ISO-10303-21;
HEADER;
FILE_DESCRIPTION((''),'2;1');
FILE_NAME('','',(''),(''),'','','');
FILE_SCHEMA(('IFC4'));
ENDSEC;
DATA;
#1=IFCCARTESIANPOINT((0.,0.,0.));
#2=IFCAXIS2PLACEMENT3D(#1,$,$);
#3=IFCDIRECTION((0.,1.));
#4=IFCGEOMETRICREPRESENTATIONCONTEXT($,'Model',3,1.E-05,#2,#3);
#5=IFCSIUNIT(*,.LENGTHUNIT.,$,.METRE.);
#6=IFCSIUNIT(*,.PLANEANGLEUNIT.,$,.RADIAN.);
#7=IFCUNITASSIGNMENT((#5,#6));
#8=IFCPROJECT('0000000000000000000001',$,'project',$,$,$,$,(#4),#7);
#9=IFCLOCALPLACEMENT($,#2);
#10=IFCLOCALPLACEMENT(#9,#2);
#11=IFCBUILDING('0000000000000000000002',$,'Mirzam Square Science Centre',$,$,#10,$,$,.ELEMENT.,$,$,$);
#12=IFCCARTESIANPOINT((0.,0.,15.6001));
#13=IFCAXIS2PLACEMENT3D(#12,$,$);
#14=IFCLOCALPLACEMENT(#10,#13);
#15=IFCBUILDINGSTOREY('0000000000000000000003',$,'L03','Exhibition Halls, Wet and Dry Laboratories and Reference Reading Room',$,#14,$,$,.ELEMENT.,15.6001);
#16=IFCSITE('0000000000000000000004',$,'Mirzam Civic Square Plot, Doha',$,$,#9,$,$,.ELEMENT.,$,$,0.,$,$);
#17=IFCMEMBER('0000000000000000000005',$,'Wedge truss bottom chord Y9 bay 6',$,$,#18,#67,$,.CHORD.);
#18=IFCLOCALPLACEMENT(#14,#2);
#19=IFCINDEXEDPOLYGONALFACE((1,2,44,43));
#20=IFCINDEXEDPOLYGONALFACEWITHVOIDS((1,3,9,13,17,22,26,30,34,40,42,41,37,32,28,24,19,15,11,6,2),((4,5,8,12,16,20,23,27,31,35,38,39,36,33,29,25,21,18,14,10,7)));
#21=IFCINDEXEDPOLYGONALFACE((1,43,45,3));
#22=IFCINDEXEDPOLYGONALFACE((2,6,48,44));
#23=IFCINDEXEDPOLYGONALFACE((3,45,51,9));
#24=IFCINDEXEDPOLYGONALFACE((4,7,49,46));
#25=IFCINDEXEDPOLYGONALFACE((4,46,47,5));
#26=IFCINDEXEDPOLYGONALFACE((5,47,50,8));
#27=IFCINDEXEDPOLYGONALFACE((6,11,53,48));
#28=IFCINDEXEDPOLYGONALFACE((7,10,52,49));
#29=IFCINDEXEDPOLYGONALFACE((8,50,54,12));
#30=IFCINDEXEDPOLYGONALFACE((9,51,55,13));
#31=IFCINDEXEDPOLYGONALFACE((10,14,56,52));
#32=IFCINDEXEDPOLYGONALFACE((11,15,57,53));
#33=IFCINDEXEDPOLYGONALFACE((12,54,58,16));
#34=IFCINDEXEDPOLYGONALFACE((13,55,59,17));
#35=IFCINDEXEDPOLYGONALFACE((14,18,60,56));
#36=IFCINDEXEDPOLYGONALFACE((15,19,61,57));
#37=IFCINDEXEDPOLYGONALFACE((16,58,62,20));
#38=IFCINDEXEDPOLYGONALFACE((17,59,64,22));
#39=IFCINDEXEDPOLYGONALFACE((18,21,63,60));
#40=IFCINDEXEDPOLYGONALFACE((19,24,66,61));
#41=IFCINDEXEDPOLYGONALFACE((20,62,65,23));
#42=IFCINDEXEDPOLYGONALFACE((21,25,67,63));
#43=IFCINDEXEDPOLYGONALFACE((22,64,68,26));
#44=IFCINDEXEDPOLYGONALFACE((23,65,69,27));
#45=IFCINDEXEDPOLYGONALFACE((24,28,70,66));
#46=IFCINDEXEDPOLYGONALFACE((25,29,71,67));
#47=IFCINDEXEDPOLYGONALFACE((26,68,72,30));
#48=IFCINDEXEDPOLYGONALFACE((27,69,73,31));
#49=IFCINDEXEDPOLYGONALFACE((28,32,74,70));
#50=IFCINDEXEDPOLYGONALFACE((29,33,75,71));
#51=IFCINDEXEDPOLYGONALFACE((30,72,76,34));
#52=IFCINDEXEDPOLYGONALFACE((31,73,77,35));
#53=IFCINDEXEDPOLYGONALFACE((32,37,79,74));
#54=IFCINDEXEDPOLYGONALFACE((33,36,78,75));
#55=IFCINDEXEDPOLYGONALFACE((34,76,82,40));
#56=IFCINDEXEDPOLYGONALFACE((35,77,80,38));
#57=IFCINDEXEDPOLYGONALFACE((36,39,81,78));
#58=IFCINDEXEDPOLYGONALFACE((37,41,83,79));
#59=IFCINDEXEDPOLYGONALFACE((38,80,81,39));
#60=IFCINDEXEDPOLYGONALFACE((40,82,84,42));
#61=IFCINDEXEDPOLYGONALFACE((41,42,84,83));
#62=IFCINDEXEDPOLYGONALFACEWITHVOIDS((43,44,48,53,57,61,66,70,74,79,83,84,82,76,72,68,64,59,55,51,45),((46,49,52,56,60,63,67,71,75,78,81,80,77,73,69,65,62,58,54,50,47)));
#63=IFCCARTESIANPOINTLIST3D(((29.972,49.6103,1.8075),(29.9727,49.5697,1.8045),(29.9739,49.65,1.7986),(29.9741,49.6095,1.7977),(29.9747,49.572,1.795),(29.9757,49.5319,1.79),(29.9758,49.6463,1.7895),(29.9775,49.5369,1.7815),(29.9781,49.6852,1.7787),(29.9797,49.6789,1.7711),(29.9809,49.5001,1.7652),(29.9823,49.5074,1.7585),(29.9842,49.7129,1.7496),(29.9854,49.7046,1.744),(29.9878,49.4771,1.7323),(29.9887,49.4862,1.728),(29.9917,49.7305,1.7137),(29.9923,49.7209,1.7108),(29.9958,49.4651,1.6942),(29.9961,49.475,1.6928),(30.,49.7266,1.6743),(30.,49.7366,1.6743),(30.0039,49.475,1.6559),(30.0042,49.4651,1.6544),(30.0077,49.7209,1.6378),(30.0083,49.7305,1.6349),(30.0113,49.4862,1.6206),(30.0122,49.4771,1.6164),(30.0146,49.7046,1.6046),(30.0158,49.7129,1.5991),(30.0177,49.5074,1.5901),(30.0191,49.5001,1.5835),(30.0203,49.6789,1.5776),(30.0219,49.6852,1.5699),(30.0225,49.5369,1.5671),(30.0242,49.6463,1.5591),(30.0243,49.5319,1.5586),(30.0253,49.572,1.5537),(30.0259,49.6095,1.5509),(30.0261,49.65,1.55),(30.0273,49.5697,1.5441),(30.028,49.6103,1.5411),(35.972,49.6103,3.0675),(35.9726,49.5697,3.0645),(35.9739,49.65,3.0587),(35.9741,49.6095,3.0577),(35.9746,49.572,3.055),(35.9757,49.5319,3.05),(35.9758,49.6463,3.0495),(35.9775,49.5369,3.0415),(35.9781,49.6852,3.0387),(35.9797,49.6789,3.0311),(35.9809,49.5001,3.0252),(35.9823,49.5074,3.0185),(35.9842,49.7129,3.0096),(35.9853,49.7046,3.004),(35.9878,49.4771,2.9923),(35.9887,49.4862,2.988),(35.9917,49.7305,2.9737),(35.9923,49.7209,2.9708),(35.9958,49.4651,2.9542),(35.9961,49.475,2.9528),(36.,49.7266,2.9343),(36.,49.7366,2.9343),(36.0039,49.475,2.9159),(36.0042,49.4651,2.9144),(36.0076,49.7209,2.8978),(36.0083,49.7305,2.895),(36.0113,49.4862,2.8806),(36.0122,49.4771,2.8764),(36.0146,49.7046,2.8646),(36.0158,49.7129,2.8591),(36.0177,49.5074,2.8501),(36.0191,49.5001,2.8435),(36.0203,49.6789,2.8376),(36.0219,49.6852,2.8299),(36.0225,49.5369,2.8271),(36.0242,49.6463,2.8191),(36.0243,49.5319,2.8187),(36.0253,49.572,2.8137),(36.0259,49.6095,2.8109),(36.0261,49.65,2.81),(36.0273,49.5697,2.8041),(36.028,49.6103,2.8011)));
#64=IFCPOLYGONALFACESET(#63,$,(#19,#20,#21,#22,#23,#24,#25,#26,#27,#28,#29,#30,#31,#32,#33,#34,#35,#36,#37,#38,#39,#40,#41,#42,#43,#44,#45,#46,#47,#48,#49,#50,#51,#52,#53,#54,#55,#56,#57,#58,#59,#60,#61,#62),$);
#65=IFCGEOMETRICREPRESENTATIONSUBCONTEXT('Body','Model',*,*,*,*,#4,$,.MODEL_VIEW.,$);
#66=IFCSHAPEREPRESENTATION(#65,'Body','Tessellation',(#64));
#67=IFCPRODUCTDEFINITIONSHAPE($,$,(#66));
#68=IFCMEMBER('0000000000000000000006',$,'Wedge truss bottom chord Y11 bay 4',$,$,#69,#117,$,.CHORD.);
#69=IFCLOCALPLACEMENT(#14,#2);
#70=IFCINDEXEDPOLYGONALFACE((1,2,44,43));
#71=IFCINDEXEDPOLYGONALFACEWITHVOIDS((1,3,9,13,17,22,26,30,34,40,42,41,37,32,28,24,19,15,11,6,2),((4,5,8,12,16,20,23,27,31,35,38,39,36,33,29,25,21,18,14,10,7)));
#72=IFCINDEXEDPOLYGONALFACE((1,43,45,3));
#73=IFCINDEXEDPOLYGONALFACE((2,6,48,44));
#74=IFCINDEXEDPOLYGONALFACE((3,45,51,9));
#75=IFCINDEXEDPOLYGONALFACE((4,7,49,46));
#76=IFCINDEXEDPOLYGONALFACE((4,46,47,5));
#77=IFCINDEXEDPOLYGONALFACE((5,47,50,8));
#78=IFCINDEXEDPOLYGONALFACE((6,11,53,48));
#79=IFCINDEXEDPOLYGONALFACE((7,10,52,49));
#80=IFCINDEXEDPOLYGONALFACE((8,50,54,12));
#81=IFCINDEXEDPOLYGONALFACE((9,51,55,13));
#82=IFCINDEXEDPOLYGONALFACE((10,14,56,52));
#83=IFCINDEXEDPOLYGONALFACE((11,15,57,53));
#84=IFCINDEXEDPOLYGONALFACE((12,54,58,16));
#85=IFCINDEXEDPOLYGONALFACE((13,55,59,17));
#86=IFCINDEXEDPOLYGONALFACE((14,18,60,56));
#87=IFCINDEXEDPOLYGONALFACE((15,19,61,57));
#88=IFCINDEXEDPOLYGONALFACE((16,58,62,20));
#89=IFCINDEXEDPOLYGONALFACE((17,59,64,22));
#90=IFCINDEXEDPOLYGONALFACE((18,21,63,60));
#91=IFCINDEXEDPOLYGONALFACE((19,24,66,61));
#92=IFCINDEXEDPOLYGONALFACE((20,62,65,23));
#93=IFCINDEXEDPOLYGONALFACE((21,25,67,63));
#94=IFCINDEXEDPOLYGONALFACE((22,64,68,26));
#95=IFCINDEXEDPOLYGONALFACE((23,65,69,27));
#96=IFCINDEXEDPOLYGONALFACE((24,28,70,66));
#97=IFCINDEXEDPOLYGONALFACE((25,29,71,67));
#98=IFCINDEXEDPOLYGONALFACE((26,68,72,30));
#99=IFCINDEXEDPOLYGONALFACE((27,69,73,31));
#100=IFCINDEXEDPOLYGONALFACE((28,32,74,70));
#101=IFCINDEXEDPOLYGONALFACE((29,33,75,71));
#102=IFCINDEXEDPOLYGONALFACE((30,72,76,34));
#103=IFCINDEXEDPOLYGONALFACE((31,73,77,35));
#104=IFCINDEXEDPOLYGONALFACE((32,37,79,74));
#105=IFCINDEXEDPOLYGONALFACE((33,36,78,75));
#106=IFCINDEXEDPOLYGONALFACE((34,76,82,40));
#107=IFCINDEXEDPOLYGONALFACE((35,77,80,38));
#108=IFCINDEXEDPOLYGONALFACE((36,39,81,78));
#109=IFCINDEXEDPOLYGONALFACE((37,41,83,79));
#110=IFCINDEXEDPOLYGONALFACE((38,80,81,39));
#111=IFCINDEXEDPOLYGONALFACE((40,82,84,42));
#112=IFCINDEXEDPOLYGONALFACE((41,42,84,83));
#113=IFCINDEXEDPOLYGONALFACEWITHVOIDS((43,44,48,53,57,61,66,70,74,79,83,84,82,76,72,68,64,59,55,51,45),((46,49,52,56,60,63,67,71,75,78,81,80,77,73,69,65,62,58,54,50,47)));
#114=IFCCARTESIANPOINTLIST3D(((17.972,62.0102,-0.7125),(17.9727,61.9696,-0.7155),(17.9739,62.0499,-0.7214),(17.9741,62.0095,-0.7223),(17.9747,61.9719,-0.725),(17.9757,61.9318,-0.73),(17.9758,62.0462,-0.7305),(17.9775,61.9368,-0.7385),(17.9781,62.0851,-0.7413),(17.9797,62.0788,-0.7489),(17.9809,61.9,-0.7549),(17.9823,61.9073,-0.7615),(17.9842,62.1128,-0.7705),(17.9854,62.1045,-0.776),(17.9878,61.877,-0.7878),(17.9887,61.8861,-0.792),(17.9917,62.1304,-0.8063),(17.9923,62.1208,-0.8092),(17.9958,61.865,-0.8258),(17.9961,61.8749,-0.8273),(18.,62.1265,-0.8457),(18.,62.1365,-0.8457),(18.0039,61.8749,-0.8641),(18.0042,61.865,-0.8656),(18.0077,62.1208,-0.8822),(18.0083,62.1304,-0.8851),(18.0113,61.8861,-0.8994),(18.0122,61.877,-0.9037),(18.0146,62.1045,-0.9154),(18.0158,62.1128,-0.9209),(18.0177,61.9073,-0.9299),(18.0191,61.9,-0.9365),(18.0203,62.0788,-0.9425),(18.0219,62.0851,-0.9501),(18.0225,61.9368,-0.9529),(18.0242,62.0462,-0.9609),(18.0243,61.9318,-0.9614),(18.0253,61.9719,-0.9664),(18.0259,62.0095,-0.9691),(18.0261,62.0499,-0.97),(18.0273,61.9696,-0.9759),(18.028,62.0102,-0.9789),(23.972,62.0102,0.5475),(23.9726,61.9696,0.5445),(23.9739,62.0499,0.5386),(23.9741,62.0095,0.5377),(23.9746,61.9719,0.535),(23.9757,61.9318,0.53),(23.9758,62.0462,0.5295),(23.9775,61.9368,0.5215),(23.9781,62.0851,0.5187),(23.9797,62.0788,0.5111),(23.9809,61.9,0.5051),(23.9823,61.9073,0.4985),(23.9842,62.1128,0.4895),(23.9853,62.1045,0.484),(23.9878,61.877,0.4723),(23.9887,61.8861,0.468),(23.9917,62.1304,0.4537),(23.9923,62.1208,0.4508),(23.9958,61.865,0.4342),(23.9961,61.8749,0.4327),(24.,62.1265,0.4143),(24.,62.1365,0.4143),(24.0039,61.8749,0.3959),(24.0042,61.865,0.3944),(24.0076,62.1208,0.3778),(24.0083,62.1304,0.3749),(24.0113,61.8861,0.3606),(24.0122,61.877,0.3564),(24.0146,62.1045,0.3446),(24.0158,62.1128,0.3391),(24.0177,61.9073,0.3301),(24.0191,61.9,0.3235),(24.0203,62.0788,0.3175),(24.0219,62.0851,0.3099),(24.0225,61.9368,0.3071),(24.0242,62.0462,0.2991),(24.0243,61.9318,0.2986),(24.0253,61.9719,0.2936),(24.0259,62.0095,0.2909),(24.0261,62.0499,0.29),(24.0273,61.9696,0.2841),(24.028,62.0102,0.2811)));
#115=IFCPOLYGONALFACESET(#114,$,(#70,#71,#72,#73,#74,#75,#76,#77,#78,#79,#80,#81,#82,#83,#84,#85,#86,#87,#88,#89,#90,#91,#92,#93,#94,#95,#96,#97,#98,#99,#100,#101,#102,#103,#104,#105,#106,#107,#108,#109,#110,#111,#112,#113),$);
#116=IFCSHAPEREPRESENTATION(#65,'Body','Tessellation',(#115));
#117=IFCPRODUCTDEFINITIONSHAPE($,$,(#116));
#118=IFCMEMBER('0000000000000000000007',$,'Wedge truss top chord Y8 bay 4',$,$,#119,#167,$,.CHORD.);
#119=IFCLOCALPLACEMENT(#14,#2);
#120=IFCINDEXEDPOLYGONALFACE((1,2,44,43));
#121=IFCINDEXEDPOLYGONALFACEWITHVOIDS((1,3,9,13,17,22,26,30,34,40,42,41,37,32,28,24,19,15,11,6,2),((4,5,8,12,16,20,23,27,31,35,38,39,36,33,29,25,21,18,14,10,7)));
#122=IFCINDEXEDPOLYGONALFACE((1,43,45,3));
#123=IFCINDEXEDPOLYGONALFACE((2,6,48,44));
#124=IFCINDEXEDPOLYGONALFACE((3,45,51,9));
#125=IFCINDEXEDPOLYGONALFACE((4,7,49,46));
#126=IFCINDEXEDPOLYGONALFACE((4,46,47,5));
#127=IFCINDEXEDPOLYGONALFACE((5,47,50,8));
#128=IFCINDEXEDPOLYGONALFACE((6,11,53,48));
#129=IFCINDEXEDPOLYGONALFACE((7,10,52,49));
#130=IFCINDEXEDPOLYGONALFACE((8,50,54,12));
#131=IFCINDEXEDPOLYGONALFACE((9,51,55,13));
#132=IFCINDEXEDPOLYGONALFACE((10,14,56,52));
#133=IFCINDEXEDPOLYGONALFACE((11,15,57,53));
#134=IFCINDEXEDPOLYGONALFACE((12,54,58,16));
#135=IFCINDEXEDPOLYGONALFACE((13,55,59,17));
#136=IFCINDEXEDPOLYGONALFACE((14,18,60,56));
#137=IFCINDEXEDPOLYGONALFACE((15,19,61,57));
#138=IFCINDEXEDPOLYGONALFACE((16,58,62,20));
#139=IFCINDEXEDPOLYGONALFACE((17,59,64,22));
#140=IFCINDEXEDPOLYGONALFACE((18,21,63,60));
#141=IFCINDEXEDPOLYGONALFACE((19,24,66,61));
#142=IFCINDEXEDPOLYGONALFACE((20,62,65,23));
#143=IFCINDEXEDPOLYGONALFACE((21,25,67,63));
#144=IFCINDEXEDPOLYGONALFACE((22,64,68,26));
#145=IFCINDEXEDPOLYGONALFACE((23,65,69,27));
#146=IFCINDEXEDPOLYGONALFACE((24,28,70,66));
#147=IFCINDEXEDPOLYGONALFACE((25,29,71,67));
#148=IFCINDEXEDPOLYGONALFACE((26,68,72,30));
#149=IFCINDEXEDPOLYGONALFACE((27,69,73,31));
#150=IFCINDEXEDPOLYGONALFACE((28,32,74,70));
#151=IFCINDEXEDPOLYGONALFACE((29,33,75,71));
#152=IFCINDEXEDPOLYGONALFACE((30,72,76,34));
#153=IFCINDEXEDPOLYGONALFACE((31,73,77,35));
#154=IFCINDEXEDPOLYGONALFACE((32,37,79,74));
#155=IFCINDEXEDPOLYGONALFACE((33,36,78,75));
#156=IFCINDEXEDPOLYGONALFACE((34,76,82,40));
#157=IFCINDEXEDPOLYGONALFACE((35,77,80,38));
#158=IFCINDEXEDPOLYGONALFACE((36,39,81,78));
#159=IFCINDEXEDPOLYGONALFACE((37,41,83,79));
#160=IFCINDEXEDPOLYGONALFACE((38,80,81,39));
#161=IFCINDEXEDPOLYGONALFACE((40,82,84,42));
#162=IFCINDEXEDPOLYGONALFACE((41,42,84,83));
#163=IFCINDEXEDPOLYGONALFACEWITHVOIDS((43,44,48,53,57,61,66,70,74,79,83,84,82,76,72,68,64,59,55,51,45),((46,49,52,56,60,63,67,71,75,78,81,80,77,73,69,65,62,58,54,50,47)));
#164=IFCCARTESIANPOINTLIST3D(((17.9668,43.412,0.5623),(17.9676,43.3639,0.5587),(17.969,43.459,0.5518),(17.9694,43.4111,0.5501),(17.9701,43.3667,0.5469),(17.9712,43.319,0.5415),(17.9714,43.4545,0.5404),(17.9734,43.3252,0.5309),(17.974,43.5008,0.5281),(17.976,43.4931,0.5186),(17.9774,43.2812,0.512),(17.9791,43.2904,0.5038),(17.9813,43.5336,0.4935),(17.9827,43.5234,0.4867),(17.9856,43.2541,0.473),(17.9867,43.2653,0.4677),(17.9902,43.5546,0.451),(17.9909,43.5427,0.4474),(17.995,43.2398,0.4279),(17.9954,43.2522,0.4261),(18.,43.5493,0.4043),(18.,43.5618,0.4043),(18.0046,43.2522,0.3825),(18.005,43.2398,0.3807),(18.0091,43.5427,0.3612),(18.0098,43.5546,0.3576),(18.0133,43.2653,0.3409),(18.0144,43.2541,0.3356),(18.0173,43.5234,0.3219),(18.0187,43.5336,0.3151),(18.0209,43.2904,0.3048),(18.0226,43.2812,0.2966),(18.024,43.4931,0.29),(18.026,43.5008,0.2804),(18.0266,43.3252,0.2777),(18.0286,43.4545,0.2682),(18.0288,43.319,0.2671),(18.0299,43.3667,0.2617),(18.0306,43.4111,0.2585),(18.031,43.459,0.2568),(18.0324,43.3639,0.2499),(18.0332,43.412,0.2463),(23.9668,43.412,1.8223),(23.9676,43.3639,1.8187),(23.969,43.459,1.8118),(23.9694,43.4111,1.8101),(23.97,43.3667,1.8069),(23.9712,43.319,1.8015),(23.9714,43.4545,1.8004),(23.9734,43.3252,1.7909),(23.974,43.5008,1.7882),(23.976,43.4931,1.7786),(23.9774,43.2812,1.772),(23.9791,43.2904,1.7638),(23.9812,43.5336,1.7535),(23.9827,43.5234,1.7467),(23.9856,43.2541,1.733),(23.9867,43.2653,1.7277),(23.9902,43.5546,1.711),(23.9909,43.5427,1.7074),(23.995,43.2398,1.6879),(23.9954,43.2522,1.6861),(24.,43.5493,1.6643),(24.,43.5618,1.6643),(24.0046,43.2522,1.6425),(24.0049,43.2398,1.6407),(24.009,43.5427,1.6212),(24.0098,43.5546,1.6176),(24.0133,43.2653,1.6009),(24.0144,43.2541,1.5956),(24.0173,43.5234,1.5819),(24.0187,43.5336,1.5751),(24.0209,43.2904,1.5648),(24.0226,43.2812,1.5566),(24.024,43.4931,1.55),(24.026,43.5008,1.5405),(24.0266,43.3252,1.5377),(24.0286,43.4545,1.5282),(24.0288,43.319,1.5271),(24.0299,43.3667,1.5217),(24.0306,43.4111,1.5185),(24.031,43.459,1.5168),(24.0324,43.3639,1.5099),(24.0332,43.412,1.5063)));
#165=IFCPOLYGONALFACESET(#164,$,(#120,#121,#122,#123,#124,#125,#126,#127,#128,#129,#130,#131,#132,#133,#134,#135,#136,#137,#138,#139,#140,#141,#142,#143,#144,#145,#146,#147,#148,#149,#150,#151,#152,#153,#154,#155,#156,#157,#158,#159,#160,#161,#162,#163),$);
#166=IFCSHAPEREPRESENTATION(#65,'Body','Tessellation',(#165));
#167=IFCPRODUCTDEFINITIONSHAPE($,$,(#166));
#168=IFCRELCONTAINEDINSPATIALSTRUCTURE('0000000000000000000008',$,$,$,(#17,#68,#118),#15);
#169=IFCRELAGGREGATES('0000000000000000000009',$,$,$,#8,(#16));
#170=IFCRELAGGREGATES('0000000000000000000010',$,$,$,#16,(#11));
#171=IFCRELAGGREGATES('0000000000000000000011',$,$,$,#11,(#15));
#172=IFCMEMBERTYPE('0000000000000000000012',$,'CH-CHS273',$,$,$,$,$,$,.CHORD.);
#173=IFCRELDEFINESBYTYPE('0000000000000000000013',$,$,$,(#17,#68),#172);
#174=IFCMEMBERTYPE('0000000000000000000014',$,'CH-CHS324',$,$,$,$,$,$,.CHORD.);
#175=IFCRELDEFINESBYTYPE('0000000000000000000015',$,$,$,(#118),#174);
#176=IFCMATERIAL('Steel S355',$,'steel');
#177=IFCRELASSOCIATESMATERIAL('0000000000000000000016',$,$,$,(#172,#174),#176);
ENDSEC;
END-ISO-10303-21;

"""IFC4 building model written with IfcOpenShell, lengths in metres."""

from ifc_helpers import new_model, si_unit, direction, frame, origin, origin_2d, place, context, subcontext, project, spatial, hollow_circle, extrude, material, material_profile, profile_set, type_object, element, save


model = new_model("IFC4")

# Units and contexts
model_context = context("Model", 3, precision=1e-05, world=origin(), true_north=direction((0.0, 1.0)))
body_context = subcontext(model_context, "Body", "Model", "MODEL_VIEW")
ifc_project = project(units=[si_unit("LENGTHUNIT", "METRE"), si_unit("PLANEANGLEUNIT", "RADIAN")], contexts=[model_context])

# Site, building, storey
site_placement = place(None, origin())
site = spatial("IfcSite", under=ifc_project, at=site_placement, Name="Mirzam Civic Square Plot, Doha", CompositionType="ELEMENT", RefElevation=0.0)
building_placement = place(site_placement, origin())
building = spatial("IfcBuilding", under=site, at=building_placement, Name="Mirzam Square Science Centre", CompositionType="ELEMENT")
storey_placement = place(building_placement, frame((0.0, 0.0, 15.6001)))
storey = spatial("IfcBuildingStorey", under=building, at=storey_placement, Name="L03", Description="Exhibition Halls, Wet and Dry Laboratories and Reference Reading Room", CompositionType="ELEMENT", Elevation=15.6001)

# Members
ifc_material = material(Name="Steel S355", Category="steel")
ifc_material_profile_1 = material_profile(ifc_material, hollow_circle(Radius=0.1365, WallThickness=0.01, at=origin_2d()), Name="273.0x10.0CHS")
ifc_profile_set_1 = profile_set([ifc_material_profile_1], Name="Steel S355")
member_type_1 = type_object("IfcMemberType", Name="CH-CHS273", PredefinedType="CHORD", material=ifc_profile_set_1)
for number, where, z_axis, x_axis, name in (
    (1, (30.0, 49.6001, 1.6743), (0.978653, 0.0, 0.205519), (0.0, 1.0, 0.0), "Wedge truss bottom chord Y9 bay 6"),
    (2, (18.0, 62.0, -0.8457), (0.978653, 0.0, 0.205519), (0.0, 1.0, 0.0), "Wedge truss bottom chord Y11 bay 4"),
):
    element("IfcMember", number, at=place(storey_placement, frame(where, z_axis=z_axis, x_axis=x_axis)), inside=storey, type_object=member_type_1, Name=name, PredefinedType="CHORD", context=body_context, shape_type="SweptSolid", body=[
        extrude(hollow_circle(Radius=0.1365, WallThickness=0.01, at=origin_2d()), origin(), (0.0, 0.0, 1.0), 6.1309),
    ])
ifc_material_profile_2 = material_profile(ifc_material, hollow_circle(Radius=0.1619, WallThickness=0.0125, at=origin_2d()), Name="323.9x12.5CHS")
ifc_profile_set_2 = profile_set([ifc_material_profile_2], Name="Steel S355")
member_type_2 = type_object("IfcMemberType", Name="CH-CHS324", PredefinedType="CHORD", material=ifc_profile_set_2)
for number, where, z_axis, x_axis, name in (
    (3, (18.0, 43.3999, 0.4043), (0.978653, 0.0, 0.205519), (0.0, 1.0, 0.0), "Wedge truss top chord Y8 bay 4"),
):
    element("IfcMember", number, at=place(storey_placement, frame(where, z_axis=z_axis, x_axis=x_axis)), inside=storey, type_object=member_type_2, Name=name, PredefinedType="CHORD", context=body_context, shape_type="SweptSolid", body=[
        extrude(hollow_circle(Radius=0.1619, WallThickness=0.0125, at=origin_2d()), origin(), (0.0, 0.0, 1.0), 6.1309),
    ])

save(model, "model.ifc")
